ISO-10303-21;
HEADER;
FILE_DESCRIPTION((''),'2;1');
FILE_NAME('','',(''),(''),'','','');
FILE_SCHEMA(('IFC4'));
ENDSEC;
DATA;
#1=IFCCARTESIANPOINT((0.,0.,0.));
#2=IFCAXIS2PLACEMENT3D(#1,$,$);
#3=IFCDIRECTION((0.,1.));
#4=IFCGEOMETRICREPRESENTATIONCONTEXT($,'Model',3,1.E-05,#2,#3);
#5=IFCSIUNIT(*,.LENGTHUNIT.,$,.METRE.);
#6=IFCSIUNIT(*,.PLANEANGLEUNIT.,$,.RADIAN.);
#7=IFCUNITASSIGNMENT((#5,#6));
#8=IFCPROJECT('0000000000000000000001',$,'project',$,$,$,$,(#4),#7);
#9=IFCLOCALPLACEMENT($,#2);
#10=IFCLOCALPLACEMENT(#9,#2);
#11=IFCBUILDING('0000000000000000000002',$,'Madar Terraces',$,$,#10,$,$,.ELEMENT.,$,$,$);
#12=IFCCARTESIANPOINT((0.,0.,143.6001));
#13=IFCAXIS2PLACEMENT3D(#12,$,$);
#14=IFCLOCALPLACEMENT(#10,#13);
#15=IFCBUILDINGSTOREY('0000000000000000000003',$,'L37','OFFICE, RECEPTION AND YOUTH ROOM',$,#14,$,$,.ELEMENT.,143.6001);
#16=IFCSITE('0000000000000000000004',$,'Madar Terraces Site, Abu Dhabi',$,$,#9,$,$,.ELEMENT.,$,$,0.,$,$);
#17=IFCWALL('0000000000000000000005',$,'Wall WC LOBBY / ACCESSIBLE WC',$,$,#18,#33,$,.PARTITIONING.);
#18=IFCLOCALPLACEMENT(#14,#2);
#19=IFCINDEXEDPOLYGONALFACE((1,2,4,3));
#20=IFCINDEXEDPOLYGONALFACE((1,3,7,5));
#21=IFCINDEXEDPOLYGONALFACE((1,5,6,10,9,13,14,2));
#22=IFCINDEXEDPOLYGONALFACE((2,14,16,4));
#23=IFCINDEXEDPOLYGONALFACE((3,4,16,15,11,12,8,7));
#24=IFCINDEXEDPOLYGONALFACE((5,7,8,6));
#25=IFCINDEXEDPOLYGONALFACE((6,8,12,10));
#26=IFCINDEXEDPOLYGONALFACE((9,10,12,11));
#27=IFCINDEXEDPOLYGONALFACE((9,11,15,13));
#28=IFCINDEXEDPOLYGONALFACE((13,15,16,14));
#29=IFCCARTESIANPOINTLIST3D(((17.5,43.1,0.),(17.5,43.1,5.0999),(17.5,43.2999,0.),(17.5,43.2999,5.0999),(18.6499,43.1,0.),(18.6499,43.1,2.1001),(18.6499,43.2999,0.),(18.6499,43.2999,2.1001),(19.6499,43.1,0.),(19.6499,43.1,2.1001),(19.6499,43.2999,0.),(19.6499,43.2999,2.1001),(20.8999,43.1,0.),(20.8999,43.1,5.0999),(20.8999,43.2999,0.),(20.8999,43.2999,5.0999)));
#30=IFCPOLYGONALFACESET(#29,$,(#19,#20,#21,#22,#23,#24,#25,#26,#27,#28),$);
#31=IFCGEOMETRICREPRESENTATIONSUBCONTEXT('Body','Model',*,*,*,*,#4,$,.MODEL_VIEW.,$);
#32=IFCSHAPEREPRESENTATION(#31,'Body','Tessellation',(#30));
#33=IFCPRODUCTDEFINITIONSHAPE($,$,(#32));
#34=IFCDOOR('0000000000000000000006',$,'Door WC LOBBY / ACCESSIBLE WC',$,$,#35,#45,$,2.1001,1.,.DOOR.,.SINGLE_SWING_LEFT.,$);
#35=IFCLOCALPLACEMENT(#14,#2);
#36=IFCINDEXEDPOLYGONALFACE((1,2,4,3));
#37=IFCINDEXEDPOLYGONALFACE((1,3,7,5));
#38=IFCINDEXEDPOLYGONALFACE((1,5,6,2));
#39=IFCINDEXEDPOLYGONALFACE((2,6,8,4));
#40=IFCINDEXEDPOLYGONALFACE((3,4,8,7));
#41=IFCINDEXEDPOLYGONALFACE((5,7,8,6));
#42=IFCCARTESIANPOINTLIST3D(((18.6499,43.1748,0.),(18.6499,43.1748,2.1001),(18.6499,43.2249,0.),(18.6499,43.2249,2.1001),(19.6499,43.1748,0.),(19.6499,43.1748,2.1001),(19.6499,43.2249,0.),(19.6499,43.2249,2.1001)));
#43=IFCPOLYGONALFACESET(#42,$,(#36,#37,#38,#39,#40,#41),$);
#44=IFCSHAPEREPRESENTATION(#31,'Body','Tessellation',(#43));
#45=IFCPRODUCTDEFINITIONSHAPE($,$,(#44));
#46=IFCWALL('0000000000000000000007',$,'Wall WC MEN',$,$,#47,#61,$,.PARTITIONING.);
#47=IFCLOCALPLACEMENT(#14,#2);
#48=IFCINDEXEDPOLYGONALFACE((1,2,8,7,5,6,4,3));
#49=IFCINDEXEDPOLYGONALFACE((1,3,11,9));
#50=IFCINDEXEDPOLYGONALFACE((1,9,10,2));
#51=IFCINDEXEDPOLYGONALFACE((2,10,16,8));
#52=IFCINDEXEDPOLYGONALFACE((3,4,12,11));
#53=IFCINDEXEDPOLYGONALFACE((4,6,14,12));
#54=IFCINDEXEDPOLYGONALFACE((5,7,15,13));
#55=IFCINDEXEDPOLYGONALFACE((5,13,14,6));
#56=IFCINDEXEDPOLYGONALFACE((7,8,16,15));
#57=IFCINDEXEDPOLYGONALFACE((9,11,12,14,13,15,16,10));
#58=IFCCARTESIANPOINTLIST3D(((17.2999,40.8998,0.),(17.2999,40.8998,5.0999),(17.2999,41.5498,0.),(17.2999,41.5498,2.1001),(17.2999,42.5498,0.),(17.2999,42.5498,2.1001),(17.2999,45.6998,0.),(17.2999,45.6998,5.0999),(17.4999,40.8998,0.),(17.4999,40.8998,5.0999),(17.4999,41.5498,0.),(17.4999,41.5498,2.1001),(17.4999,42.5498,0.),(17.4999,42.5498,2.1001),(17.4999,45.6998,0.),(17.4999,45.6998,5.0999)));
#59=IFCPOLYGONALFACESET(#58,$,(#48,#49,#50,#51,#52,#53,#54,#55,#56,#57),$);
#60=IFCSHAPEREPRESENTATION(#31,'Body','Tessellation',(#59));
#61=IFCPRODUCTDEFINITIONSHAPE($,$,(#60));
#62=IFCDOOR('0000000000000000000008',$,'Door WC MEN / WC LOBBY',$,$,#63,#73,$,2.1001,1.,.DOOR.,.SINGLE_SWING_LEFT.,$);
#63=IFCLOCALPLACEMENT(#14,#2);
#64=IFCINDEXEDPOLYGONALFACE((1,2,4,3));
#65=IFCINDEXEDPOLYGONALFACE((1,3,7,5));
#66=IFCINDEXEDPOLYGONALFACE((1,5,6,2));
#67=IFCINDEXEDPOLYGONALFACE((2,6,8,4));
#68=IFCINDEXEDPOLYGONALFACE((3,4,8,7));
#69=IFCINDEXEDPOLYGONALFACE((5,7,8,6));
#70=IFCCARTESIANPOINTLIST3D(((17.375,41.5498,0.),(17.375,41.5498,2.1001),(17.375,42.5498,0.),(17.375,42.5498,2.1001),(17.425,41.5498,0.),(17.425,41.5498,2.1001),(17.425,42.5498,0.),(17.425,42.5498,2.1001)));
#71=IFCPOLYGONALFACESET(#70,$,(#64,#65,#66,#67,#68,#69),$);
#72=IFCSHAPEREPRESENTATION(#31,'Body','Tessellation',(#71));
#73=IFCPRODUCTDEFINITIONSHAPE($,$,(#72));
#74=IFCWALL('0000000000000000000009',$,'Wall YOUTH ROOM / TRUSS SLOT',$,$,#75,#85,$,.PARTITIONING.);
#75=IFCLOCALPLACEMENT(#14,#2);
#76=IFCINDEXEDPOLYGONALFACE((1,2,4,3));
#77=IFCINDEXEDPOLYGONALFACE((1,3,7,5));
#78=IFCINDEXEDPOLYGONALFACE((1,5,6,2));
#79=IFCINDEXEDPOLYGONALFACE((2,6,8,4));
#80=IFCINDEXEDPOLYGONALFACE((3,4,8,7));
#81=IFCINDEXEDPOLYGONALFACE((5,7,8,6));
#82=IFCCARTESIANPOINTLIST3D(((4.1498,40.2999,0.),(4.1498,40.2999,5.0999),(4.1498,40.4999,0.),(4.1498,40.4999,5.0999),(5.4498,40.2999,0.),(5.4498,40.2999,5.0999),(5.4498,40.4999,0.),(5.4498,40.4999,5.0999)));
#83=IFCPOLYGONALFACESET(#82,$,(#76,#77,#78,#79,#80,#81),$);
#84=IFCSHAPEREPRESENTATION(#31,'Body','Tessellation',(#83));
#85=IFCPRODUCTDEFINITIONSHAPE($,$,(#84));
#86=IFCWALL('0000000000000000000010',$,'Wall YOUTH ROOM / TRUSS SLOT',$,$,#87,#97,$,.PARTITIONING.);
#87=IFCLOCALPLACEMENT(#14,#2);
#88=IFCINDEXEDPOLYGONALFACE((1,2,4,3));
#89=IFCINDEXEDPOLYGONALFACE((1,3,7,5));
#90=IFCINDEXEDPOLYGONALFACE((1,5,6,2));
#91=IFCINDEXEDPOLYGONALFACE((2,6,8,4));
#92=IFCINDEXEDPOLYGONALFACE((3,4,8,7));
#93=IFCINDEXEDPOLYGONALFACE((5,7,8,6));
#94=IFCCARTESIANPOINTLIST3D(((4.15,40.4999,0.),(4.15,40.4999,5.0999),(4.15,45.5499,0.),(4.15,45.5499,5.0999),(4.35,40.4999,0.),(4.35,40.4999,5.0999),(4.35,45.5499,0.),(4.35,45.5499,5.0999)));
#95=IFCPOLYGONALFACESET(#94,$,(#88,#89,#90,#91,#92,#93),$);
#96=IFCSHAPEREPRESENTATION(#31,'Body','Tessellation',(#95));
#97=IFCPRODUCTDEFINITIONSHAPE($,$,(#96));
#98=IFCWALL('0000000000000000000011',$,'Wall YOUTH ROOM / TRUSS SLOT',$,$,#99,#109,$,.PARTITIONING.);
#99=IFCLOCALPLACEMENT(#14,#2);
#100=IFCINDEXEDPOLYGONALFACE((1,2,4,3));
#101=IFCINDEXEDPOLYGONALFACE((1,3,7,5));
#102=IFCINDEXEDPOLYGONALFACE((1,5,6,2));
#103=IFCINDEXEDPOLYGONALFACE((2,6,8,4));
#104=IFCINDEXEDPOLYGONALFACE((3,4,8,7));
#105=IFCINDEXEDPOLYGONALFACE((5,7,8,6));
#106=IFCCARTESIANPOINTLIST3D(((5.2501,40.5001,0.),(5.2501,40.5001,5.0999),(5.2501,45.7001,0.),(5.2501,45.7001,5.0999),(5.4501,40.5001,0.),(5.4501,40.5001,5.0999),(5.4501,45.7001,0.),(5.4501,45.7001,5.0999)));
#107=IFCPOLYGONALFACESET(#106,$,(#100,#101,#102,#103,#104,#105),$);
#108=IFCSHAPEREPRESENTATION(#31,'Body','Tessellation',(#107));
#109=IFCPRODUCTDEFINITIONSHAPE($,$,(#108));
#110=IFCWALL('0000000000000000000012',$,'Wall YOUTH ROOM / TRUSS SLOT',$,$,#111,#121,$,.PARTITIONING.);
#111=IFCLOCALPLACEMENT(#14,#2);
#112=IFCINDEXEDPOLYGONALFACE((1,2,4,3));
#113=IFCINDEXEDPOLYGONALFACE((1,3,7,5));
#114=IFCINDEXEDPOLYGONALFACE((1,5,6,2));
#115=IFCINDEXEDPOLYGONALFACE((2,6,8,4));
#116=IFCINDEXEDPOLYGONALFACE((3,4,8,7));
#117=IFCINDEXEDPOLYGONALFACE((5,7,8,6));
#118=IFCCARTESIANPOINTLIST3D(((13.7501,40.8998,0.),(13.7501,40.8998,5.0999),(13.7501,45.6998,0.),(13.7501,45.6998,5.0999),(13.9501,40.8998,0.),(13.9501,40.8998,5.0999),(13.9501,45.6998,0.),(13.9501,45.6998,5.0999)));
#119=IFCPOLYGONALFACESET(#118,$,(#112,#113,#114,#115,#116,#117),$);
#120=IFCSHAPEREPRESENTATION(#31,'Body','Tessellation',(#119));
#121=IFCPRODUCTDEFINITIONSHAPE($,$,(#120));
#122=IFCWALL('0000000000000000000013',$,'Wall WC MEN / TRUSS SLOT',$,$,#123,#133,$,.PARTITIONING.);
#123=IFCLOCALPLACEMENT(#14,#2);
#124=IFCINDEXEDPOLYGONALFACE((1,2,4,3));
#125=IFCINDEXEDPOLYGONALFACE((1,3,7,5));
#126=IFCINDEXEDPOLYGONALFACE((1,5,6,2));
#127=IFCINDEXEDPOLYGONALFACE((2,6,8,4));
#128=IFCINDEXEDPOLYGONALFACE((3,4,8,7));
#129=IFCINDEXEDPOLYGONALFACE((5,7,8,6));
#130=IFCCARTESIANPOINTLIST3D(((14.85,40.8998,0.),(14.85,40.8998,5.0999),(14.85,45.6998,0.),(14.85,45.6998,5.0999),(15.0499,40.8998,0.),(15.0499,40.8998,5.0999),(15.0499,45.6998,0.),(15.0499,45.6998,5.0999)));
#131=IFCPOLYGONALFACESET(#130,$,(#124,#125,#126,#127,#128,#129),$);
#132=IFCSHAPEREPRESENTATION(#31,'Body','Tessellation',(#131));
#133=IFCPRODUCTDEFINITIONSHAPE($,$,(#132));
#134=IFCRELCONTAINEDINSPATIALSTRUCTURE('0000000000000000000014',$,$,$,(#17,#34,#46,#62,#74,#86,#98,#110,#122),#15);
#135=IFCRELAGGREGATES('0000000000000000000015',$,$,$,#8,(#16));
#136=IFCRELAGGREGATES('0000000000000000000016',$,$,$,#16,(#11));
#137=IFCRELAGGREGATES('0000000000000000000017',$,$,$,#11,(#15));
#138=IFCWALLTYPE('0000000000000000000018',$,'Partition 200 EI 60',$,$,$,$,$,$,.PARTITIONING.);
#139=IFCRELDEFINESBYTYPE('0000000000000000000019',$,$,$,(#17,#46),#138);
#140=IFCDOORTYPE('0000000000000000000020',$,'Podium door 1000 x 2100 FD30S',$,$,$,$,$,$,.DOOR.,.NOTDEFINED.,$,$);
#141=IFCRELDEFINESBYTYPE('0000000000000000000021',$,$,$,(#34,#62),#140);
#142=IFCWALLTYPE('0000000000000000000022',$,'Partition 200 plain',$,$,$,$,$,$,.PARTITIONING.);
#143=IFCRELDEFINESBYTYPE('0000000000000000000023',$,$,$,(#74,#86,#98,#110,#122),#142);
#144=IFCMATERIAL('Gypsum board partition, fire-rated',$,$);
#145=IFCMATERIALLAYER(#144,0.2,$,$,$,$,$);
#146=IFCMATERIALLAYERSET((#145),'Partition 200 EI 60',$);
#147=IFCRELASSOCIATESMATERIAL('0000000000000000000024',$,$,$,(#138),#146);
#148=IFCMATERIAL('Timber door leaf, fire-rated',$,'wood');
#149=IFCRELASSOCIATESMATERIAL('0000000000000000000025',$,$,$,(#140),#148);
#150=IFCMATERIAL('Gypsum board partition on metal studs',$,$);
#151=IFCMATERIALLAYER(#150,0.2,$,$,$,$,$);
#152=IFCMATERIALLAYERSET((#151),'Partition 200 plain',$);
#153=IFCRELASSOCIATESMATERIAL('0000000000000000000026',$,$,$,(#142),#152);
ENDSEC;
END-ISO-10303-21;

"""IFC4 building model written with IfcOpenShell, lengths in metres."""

from ifc_helpers import new_model, si_unit, direction, frame, frame_2d, origin, place, context, subcontext, project, spatial, rectangle, extrude, material, layer, layer_set, type_object, element, fill, save


model = new_model("IFC4")

# Units and contexts
model_context = context("Model", 3, precision=1e-05, world=origin(), true_north=direction((0.0, 1.0)))
body_context = subcontext(model_context, "Body", "Model", "MODEL_VIEW")
ifc_project = project(units=[si_unit("LENGTHUNIT", "METRE"), si_unit("PLANEANGLEUNIT", "RADIAN")], contexts=[model_context])

# Site, building, storey
site_placement = place(None, origin())
site = spatial("IfcSite", under=ifc_project, at=site_placement, Name="Madar Terraces Site, Abu Dhabi", CompositionType="ELEMENT", RefElevation=0.0)
building_placement = place(site_placement, origin())
building = spatial("IfcBuilding", under=site, at=building_placement, Name="Madar Terraces", CompositionType="ELEMENT")
storey_placement = place(building_placement, frame((0.0, 0.0, 143.6001)))
storey = spatial("IfcBuildingStorey", under=building, at=storey_placement, Name="L37", Description="OFFICE, RECEPTION AND YOUTH ROOM", CompositionType="ELEMENT", Elevation=143.6001)

# Shared definitions
ifc_material_1 = material(Name="Gypsum board partition, fire-rated")
ifc_layer_1 = layer(ifc_material_1, 0.2)
ifc_layer_set_1 = layer_set([ifc_layer_1], Name="Partition 200 EI 60")
wall_type_1 = type_object("IfcWallType", Name="Partition 200 EI 60", PredefinedType="PARTITIONING", material=ifc_layer_set_1)

# Walls, openings, doors
wall_1_placement = place(storey_placement, frame((17.5, 43.2, 0.0), z_axis=(0.0, 0.0, 1.0), x_axis=(1.0, 0.0, 0.0)))
wall_1 = element("IfcWall", 1, at=wall_1_placement, inside=storey, type_object=wall_type_1, Name="Wall WC LOBBY / ACCESSIBLE WC", PredefinedType="PARTITIONING", context=body_context, shape_type="SweptSolid", body=[
    extrude(rectangle(XDim=3.3999, YDim=0.2, at=frame_2d((1.7, 0.0))), origin(), (0.0, 0.0, 1.0), 5.0999),
])
opening_1_placement = place(wall_1_placement, frame((1.1499, 0.0, 0.0)))
opening_1 = element("IfcOpeningElement", 2, at=opening_1_placement, cuts=wall_1, PredefinedType="OPENING", context=body_context, shape_type="SweptSolid", body=[
    extrude(rectangle(XDim=1.0, YDim=2.1001, at=frame_2d((0.5, 1.05))), frame((0.0, 0.1099, 0.0), z_axis=(0.0, -1.0, 0.0), x_axis=(1.0, 0.0, 0.0)), (0.0, 0.0, 1.0), 0.22),
])
ifc_material_2 = material(Name="Timber door leaf, fire-rated", Category="wood")
door_type_1 = type_object("IfcDoorType", Name="Podium door 1000 x 2100 FD30S", OperationType="NOTDEFINED", PredefinedType="DOOR", material=ifc_material_2)
door_1_placement = place(opening_1_placement, origin())
door_1 = element("IfcDoor", 3, at=door_1_placement, inside=storey, type_object=door_type_1, Name="Door WC LOBBY / ACCESSIBLE WC", OperationType="SINGLE_SWING_LEFT", OverallHeight=2.1001, OverallWidth=1.0, PredefinedType="DOOR", context=body_context, shape_type="SweptSolid", body=[
    extrude(rectangle(XDim=1.0, YDim=2.1001, at=frame_2d((0.5, 1.05))), frame((0.0, 0.0249, 0.0), z_axis=(0.0, -1.0, 0.0), x_axis=(1.0, 0.0, 0.0)), (0.0, 0.0, 1.0), 0.05),
])
fill(opening_1, door_1)
wall_2_placement = place(storey_placement, frame((17.3999, 40.8999, 0.0), z_axis=(0.0, 0.0, 1.0), x_axis=(0.0, 1.0, 0.0)))
wall_2 = element("IfcWall", 4, at=wall_2_placement, inside=storey, type_object=wall_type_1, Name="Wall WC MEN", PredefinedType="PARTITIONING", context=body_context, shape_type="SweptSolid", body=[
    extrude(rectangle(XDim=4.8, YDim=0.2, at=frame_2d((2.3999, 0.0))), origin(), (0.0, 0.0, 1.0), 5.0999),
])
opening_2_placement = place(wall_2_placement, frame((0.6499, 0.0, 0.0)))
opening_2 = element("IfcOpeningElement", 5, at=opening_2_placement, cuts=wall_2, PredefinedType="OPENING", context=body_context, shape_type="SweptSolid", body=[
    extrude(rectangle(XDim=1.0, YDim=2.1001, at=frame_2d((0.5, 1.05))), frame((0.0, 0.1099, 0.0), z_axis=(0.0, -1.0, 0.0), x_axis=(1.0, 0.0, 0.0)), (0.0, 0.0, 1.0), 0.22),
])
door_2_placement = place(opening_2_placement, origin())
door_2 = element("IfcDoor", 6, at=door_2_placement, inside=storey, type_object=door_type_1, Name="Door WC MEN / WC LOBBY", OperationType="SINGLE_SWING_LEFT", OverallHeight=2.1001, OverallWidth=1.0, PredefinedType="DOOR", context=body_context, shape_type="SweptSolid", body=[
    extrude(rectangle(XDim=1.0, YDim=2.1001, at=frame_2d((0.5, 1.05))), frame((0.0, 0.0249, 0.0), z_axis=(0.0, -1.0, 0.0), x_axis=(1.0, 0.0, 0.0)), (0.0, 0.0, 1.0), 0.05),
])
fill(opening_2, door_2)

# Walls
ifc_material_3 = material(Name="Gypsum board partition on metal studs")
ifc_layer_2 = layer(ifc_material_3, 0.2)
ifc_layer_set_2 = layer_set([ifc_layer_2], Name="Partition 200 plain")
wall_type_2 = type_object("IfcWallType", Name="Partition 200 plain", PredefinedType="PARTITIONING", material=ifc_layer_set_2)
wall_3_placement = place(storey_placement, frame((4.1499, 40.3999, 0.0), z_axis=(0.0, 0.0, 1.0), x_axis=(1.0, 0.0, 0.0)))
element("IfcWall", 7, at=wall_3_placement, inside=storey, type_object=wall_type_2, Name="Wall YOUTH ROOM / TRUSS SLOT", PredefinedType="PARTITIONING", context=body_context, shape_type="SweptSolid", body=[
    extrude(rectangle(XDim=1.3, YDim=0.2, at=frame_2d((0.6499, 0.0))), origin(), (0.0, 0.0, 1.0), 5.0999),
])
wall_4_placement = place(storey_placement, frame((4.25, 40.5, 0.0), z_axis=(0.0, 0.0, 1.0), x_axis=(0.0, 1.0, 0.0)))
element("IfcWall", 8, at=wall_4_placement, inside=storey, type_object=wall_type_2, Name="Wall YOUTH ROOM / TRUSS SLOT", PredefinedType="PARTITIONING", context=body_context, shape_type="SweptSolid", body=[
    extrude(rectangle(XDim=5.05, YDim=0.2, at=frame_2d((2.5249, 0.0))), origin(), (0.0, 0.0, 1.0), 5.0999),
])
wall_5_placement = place(storey_placement, frame((5.3501, 40.5, 0.0), z_axis=(0.0, 0.0, 1.0), x_axis=(0.0, 1.0, 0.0)))
element("IfcWall", 9, at=wall_5_placement, inside=storey, type_object=wall_type_2, Name="Wall YOUTH ROOM / TRUSS SLOT", PredefinedType="PARTITIONING", context=body_context, shape_type="SweptSolid", body=[
    extrude(rectangle(XDim=5.2, YDim=0.2, at=frame_2d((2.6001, 0.0))), origin(), (0.0, 0.0, 1.0), 5.0999),
])
for number, where, z_axis, x_axis, name in (
    (10, (13.8501, 40.8999, 0.0), (0.0, 0.0, 1.0), (0.0, 1.0, 0.0), "Wall YOUTH ROOM / TRUSS SLOT"),
    (11, (14.95, 40.8999, 0.0), (0.0, 0.0, 1.0), (0.0, 1.0, 0.0), "Wall WC MEN / TRUSS SLOT"),
):
    element("IfcWall", number, at=place(storey_placement, frame(where, z_axis=z_axis, x_axis=x_axis)), inside=storey, type_object=wall_type_2, Name=name, PredefinedType="PARTITIONING", context=body_context, shape_type="SweptSolid", body=[
        extrude(rectangle(XDim=4.8, YDim=0.2, at=frame_2d((2.3999, 0.0))), origin(), (0.0, 0.0, 1.0), 5.0999),
    ])

save(model, "model.ifc")
